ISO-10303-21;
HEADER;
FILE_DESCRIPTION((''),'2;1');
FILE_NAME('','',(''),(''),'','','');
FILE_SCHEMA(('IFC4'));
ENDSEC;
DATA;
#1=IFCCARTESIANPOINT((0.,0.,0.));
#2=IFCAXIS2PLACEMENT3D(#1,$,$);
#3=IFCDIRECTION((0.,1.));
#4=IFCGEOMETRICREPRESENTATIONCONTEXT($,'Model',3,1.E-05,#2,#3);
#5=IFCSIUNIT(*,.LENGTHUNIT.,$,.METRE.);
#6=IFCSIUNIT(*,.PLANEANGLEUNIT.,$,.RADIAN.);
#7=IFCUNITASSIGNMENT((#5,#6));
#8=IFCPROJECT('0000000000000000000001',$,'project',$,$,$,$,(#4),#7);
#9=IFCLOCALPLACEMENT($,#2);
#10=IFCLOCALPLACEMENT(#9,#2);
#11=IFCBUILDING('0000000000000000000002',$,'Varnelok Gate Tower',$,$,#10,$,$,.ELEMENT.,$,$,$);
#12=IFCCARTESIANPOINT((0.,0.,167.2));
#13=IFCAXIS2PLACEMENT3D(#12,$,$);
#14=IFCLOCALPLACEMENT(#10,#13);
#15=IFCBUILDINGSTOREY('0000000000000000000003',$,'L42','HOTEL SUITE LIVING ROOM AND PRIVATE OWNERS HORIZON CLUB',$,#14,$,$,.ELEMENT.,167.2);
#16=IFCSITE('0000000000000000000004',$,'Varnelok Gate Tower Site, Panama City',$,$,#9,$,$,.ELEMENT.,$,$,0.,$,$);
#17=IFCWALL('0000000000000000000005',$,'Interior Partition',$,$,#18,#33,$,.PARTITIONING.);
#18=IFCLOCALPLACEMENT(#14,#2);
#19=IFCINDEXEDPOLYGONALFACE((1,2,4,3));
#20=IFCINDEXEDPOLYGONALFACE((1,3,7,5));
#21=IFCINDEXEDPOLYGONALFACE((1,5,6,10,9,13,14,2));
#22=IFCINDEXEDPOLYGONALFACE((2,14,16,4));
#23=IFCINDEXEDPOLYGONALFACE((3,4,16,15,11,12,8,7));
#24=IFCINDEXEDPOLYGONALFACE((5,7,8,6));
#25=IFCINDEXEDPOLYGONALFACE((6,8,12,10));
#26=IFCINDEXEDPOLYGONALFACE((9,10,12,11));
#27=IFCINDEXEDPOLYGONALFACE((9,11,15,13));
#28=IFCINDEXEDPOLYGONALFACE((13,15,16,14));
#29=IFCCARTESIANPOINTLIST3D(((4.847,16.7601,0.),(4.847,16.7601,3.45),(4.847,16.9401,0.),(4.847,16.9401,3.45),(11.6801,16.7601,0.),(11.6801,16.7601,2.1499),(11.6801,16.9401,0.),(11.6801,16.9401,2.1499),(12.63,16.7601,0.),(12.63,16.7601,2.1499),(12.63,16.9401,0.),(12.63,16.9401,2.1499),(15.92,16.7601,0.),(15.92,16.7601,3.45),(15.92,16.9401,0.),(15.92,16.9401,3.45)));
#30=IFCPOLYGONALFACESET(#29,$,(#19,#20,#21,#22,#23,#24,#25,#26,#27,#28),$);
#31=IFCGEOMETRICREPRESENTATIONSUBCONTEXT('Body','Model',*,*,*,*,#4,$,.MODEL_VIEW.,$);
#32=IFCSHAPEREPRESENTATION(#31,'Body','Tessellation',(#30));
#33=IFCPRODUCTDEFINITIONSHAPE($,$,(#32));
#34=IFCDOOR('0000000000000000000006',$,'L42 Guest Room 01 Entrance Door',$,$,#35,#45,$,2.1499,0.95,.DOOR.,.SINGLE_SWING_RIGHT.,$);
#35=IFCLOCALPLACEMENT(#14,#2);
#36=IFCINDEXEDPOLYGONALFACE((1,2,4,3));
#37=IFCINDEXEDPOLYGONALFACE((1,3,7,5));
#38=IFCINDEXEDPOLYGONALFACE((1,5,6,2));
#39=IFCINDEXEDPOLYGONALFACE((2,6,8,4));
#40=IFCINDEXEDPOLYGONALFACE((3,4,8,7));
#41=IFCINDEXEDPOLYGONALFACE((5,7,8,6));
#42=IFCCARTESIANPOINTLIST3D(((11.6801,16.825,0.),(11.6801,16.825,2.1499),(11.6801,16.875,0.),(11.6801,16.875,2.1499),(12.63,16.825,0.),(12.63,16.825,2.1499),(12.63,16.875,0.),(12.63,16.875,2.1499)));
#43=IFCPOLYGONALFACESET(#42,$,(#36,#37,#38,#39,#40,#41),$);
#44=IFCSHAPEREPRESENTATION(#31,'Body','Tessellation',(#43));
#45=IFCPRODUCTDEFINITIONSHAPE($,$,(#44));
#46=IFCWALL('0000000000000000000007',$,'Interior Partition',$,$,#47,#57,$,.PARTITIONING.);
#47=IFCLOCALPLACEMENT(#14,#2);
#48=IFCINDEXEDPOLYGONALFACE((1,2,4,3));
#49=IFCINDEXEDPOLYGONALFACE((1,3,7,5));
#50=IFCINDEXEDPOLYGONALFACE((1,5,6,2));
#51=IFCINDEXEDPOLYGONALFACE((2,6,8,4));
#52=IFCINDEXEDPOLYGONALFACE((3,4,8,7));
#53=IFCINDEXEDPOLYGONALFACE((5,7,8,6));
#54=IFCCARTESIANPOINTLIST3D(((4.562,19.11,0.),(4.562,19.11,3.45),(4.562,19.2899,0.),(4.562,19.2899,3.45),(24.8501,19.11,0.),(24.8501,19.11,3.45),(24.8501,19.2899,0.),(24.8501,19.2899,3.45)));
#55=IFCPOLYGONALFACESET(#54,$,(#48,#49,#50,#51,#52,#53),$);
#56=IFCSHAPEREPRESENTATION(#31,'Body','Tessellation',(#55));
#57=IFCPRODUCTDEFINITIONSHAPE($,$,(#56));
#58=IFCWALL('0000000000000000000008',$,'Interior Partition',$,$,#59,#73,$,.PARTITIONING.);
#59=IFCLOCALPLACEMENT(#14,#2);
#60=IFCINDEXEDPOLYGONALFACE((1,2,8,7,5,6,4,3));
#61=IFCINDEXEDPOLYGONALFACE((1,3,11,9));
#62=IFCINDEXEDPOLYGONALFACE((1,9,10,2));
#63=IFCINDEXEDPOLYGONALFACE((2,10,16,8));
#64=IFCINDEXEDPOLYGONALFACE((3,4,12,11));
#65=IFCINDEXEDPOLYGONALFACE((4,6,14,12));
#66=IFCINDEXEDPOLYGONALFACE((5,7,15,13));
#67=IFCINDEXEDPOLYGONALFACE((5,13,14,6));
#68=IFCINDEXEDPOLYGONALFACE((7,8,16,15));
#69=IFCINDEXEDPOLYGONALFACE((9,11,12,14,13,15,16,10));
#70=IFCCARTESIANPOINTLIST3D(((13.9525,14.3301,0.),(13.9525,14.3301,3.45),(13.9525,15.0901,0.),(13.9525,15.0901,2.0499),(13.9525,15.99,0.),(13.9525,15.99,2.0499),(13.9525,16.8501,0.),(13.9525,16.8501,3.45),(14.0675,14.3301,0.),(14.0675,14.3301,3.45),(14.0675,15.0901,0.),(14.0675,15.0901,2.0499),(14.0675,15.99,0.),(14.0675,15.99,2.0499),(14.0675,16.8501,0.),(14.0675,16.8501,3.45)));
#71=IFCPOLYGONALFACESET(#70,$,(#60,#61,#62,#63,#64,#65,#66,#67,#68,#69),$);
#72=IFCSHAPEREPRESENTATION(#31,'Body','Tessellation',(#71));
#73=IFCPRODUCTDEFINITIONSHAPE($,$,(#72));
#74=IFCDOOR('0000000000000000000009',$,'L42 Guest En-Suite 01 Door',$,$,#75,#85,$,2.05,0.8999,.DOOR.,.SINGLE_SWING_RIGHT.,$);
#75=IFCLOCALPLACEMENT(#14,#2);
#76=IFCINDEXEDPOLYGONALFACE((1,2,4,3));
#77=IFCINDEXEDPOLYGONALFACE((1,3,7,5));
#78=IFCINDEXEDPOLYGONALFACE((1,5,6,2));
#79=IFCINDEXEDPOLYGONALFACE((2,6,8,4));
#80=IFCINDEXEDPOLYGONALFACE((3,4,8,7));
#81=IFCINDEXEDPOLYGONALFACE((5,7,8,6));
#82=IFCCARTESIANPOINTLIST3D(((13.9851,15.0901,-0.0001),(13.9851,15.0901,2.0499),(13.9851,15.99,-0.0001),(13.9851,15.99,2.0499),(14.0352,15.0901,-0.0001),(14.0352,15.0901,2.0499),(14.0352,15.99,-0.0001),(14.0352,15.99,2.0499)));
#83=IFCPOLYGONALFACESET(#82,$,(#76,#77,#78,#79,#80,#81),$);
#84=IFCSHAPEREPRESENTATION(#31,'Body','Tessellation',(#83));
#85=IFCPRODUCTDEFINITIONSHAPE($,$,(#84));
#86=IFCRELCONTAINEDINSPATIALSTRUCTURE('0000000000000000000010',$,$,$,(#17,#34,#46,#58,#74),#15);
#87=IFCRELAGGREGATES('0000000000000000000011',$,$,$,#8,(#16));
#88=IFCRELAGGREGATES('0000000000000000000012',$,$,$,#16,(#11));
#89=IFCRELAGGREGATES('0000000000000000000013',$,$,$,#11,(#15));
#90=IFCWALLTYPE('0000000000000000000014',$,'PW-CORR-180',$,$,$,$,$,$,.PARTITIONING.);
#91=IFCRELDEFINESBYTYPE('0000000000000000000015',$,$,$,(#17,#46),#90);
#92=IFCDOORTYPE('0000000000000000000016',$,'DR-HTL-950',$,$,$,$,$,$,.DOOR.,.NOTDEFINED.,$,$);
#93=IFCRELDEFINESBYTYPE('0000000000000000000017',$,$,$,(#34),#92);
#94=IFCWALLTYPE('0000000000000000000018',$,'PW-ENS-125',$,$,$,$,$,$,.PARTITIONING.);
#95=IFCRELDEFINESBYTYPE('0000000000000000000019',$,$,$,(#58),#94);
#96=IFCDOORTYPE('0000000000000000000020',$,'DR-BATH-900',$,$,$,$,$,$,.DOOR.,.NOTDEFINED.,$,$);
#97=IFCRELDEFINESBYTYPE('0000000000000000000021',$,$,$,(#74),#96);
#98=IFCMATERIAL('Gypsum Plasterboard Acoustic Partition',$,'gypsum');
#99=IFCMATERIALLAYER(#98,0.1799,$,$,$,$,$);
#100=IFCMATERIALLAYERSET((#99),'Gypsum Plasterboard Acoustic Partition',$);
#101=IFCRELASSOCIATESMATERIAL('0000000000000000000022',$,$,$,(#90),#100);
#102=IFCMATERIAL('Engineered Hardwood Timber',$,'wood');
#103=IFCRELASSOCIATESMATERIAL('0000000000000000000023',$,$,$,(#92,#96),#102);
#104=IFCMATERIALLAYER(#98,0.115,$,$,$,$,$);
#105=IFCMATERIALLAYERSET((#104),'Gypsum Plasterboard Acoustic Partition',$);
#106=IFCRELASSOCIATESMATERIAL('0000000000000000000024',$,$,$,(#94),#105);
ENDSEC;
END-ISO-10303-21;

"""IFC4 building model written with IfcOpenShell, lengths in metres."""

from ifc_helpers import new_model, si_unit, direction, frame, frame_2d, origin, place, context, subcontext, project, spatial, rectangle, extrude, material, layer, layer_set, type_object, element, fill, save


model = new_model("IFC4")

# Units and contexts
model_context = context("Model", 3, precision=1e-05, world=origin(), true_north=direction((0.0, 1.0)))
body_context = subcontext(model_context, "Body", "Model", "MODEL_VIEW")
ifc_project = project(units=[si_unit("LENGTHUNIT", "METRE"), si_unit("PLANEANGLEUNIT", "RADIAN")], contexts=[model_context])

# Site, building, storey
site_placement = place(None, origin())
site = spatial("IfcSite", under=ifc_project, at=site_placement, Name="Varnelok Gate Tower Site, Panama City", CompositionType="ELEMENT", RefElevation=0.0)
building_placement = place(site_placement, origin())
building = spatial("IfcBuilding", under=site, at=building_placement, Name="Varnelok Gate Tower", CompositionType="ELEMENT")
storey_placement = place(building_placement, frame((0.0, 0.0, 167.2)))
storey = spatial("IfcBuildingStorey", under=building, at=storey_placement, Name="L42", Description="HOTEL SUITE LIVING ROOM AND PRIVATE OWNERS HORIZON CLUB", CompositionType="ELEMENT", Elevation=167.2)

# Wall, opening, door
ifc_material_1 = material(Name="Gypsum Plasterboard Acoustic Partition", Category="gypsum")
ifc_layer_1 = layer(ifc_material_1, 0.1799)
ifc_layer_set_1 = layer_set([ifc_layer_1], Name="Gypsum Plasterboard Acoustic Partition")
wall_type_1 = type_object("IfcWallType", Name="PW-CORR-180", PredefinedType="PARTITIONING", material=ifc_layer_set_1)
wall_1_placement = place(storey_placement, frame((4.8469, 16.8501, 0.0), z_axis=(0.0, 0.0, 1.0), x_axis=(1.0, 0.0, 0.0)))
wall_1 = element("IfcWall", 1, at=wall_1_placement, inside=storey, type_object=wall_type_1, Name="Interior Partition", PredefinedType="PARTITIONING", context=body_context, shape_type="SweptSolid", body=[
    extrude(rectangle(XDim=11.073, YDim=0.1799, at=frame_2d((5.5366, 0.0))), origin(), (0.0, 0.0, 1.0), 3.45),
])
opening_1_placement = place(wall_1_placement, frame((6.833, 0.0, 0.0)))
opening_1 = element("IfcOpeningElement", 2, at=opening_1_placement, cuts=wall_1, PredefinedType="OPENING", context=body_context, shape_type="SweptSolid", body=[
    extrude(rectangle(XDim=0.95, YDim=2.1499, at=frame_2d((0.4751, 1.075))), frame((0.0, 0.0999, 0.0), z_axis=(0.0, -1.0, 0.0), x_axis=(1.0, 0.0, 0.0)), (0.0, 0.0, 1.0), 0.2),
])
ifc_material_2 = material(Name="Engineered Hardwood Timber", Category="wood")
door_type_1 = type_object("IfcDoorType", Name="DR-HTL-950", OperationType="NOTDEFINED", PredefinedType="DOOR", material=ifc_material_2)
door_1_placement = place(opening_1_placement, origin())
door_1 = element("IfcDoor", 3, at=door_1_placement, inside=storey, type_object=door_type_1, Name="L42 Guest Room 01 Entrance Door", OperationType="SINGLE_SWING_RIGHT", OverallHeight=2.1499, OverallWidth=0.95, PredefinedType="DOOR", context=body_context, shape_type="SweptSolid", body=[
    extrude(rectangle(XDim=0.95, YDim=2.1499, at=frame_2d((0.4751, 1.075))), frame((0.0, 0.0249, 0.0), z_axis=(0.0, -1.0, 0.0), x_axis=(1.0, 0.0, 0.0)), (0.0, 0.0, 1.0), 0.05),
])
fill(opening_1, door_1)

# Wall
wall_2_placement = place(storey_placement, frame((4.562, 19.2, 0.0), z_axis=(0.0, 0.0, 1.0), x_axis=(1.0, 0.0, 0.0)))
element("IfcWall", 4, at=wall_2_placement, inside=storey, type_object=wall_type_1, Name="Interior Partition", PredefinedType="PARTITIONING", context=body_context, shape_type="SweptSolid", body=[
    extrude(rectangle(XDim=20.2881, YDim=0.1799, at=frame_2d((10.144, 0.0))), origin(), (0.0, 0.0, 1.0), 3.45),
])

# Wall, opening, door
ifc_layer_2 = layer(ifc_material_1, 0.115)
ifc_layer_set_2 = layer_set([ifc_layer_2], Name="Gypsum Plasterboard Acoustic Partition")
wall_type_2 = type_object("IfcWallType", Name="PW-ENS-125", PredefinedType="PARTITIONING", material=ifc_layer_set_2)
wall_3_placement = place(storey_placement, frame((14.01, 14.3301, 0.0), z_axis=(0.0, 0.0, 1.0), x_axis=(0.0, 1.0, 0.0)))
wall_3 = element("IfcWall", 5, at=wall_3_placement, inside=storey, type_object=wall_type_2, Name="Interior Partition", PredefinedType="PARTITIONING", context=body_context, shape_type="SweptSolid", body=[
    extrude(rectangle(XDim=2.52, YDim=0.115, at=frame_2d((1.26, 0.0))), origin(), (0.0, 0.0, 1.0), 3.45),
])
opening_2_placement = place(wall_3_placement, frame((0.76, 0.0, 0.0)))
opening_2 = element("IfcOpeningElement", 6, at=opening_2_placement, cuts=wall_3, PredefinedType="OPENING", context=body_context, shape_type="SweptSolid", body=[
    extrude(rectangle(XDim=0.8999, YDim=2.05, at=frame_2d((0.45, 1.0249))), frame((0.0, 0.0674, 0.0), z_axis=(0.0, -1.0, 0.0), x_axis=(1.0, 0.0, 0.0)), (0.0, 0.0, 1.0), 0.135),
])
door_type_2 = type_object("IfcDoorType", Name="DR-BATH-900", OperationType="NOTDEFINED", PredefinedType="DOOR", material=ifc_material_2)
door_2_placement = place(opening_2_placement, origin())
door_2 = element("IfcDoor", 7, at=door_2_placement, inside=storey, type_object=door_type_2, Name="L42 Guest En-Suite 01 Door", OperationType="SINGLE_SWING_RIGHT", OverallHeight=2.05, OverallWidth=0.8999, PredefinedType="DOOR", context=body_context, shape_type="SweptSolid", body=[
    extrude(rectangle(XDim=0.8999, YDim=2.05, at=frame_2d((0.45, 1.0249))), frame((0.0, 0.0249, 0.0), z_axis=(0.0, -1.0, 0.0), x_axis=(1.0, 0.0, 0.0)), (0.0, 0.0, 1.0), 0.05),
])
fill(opening_2, door_2)

save(model, "model.ifc")
